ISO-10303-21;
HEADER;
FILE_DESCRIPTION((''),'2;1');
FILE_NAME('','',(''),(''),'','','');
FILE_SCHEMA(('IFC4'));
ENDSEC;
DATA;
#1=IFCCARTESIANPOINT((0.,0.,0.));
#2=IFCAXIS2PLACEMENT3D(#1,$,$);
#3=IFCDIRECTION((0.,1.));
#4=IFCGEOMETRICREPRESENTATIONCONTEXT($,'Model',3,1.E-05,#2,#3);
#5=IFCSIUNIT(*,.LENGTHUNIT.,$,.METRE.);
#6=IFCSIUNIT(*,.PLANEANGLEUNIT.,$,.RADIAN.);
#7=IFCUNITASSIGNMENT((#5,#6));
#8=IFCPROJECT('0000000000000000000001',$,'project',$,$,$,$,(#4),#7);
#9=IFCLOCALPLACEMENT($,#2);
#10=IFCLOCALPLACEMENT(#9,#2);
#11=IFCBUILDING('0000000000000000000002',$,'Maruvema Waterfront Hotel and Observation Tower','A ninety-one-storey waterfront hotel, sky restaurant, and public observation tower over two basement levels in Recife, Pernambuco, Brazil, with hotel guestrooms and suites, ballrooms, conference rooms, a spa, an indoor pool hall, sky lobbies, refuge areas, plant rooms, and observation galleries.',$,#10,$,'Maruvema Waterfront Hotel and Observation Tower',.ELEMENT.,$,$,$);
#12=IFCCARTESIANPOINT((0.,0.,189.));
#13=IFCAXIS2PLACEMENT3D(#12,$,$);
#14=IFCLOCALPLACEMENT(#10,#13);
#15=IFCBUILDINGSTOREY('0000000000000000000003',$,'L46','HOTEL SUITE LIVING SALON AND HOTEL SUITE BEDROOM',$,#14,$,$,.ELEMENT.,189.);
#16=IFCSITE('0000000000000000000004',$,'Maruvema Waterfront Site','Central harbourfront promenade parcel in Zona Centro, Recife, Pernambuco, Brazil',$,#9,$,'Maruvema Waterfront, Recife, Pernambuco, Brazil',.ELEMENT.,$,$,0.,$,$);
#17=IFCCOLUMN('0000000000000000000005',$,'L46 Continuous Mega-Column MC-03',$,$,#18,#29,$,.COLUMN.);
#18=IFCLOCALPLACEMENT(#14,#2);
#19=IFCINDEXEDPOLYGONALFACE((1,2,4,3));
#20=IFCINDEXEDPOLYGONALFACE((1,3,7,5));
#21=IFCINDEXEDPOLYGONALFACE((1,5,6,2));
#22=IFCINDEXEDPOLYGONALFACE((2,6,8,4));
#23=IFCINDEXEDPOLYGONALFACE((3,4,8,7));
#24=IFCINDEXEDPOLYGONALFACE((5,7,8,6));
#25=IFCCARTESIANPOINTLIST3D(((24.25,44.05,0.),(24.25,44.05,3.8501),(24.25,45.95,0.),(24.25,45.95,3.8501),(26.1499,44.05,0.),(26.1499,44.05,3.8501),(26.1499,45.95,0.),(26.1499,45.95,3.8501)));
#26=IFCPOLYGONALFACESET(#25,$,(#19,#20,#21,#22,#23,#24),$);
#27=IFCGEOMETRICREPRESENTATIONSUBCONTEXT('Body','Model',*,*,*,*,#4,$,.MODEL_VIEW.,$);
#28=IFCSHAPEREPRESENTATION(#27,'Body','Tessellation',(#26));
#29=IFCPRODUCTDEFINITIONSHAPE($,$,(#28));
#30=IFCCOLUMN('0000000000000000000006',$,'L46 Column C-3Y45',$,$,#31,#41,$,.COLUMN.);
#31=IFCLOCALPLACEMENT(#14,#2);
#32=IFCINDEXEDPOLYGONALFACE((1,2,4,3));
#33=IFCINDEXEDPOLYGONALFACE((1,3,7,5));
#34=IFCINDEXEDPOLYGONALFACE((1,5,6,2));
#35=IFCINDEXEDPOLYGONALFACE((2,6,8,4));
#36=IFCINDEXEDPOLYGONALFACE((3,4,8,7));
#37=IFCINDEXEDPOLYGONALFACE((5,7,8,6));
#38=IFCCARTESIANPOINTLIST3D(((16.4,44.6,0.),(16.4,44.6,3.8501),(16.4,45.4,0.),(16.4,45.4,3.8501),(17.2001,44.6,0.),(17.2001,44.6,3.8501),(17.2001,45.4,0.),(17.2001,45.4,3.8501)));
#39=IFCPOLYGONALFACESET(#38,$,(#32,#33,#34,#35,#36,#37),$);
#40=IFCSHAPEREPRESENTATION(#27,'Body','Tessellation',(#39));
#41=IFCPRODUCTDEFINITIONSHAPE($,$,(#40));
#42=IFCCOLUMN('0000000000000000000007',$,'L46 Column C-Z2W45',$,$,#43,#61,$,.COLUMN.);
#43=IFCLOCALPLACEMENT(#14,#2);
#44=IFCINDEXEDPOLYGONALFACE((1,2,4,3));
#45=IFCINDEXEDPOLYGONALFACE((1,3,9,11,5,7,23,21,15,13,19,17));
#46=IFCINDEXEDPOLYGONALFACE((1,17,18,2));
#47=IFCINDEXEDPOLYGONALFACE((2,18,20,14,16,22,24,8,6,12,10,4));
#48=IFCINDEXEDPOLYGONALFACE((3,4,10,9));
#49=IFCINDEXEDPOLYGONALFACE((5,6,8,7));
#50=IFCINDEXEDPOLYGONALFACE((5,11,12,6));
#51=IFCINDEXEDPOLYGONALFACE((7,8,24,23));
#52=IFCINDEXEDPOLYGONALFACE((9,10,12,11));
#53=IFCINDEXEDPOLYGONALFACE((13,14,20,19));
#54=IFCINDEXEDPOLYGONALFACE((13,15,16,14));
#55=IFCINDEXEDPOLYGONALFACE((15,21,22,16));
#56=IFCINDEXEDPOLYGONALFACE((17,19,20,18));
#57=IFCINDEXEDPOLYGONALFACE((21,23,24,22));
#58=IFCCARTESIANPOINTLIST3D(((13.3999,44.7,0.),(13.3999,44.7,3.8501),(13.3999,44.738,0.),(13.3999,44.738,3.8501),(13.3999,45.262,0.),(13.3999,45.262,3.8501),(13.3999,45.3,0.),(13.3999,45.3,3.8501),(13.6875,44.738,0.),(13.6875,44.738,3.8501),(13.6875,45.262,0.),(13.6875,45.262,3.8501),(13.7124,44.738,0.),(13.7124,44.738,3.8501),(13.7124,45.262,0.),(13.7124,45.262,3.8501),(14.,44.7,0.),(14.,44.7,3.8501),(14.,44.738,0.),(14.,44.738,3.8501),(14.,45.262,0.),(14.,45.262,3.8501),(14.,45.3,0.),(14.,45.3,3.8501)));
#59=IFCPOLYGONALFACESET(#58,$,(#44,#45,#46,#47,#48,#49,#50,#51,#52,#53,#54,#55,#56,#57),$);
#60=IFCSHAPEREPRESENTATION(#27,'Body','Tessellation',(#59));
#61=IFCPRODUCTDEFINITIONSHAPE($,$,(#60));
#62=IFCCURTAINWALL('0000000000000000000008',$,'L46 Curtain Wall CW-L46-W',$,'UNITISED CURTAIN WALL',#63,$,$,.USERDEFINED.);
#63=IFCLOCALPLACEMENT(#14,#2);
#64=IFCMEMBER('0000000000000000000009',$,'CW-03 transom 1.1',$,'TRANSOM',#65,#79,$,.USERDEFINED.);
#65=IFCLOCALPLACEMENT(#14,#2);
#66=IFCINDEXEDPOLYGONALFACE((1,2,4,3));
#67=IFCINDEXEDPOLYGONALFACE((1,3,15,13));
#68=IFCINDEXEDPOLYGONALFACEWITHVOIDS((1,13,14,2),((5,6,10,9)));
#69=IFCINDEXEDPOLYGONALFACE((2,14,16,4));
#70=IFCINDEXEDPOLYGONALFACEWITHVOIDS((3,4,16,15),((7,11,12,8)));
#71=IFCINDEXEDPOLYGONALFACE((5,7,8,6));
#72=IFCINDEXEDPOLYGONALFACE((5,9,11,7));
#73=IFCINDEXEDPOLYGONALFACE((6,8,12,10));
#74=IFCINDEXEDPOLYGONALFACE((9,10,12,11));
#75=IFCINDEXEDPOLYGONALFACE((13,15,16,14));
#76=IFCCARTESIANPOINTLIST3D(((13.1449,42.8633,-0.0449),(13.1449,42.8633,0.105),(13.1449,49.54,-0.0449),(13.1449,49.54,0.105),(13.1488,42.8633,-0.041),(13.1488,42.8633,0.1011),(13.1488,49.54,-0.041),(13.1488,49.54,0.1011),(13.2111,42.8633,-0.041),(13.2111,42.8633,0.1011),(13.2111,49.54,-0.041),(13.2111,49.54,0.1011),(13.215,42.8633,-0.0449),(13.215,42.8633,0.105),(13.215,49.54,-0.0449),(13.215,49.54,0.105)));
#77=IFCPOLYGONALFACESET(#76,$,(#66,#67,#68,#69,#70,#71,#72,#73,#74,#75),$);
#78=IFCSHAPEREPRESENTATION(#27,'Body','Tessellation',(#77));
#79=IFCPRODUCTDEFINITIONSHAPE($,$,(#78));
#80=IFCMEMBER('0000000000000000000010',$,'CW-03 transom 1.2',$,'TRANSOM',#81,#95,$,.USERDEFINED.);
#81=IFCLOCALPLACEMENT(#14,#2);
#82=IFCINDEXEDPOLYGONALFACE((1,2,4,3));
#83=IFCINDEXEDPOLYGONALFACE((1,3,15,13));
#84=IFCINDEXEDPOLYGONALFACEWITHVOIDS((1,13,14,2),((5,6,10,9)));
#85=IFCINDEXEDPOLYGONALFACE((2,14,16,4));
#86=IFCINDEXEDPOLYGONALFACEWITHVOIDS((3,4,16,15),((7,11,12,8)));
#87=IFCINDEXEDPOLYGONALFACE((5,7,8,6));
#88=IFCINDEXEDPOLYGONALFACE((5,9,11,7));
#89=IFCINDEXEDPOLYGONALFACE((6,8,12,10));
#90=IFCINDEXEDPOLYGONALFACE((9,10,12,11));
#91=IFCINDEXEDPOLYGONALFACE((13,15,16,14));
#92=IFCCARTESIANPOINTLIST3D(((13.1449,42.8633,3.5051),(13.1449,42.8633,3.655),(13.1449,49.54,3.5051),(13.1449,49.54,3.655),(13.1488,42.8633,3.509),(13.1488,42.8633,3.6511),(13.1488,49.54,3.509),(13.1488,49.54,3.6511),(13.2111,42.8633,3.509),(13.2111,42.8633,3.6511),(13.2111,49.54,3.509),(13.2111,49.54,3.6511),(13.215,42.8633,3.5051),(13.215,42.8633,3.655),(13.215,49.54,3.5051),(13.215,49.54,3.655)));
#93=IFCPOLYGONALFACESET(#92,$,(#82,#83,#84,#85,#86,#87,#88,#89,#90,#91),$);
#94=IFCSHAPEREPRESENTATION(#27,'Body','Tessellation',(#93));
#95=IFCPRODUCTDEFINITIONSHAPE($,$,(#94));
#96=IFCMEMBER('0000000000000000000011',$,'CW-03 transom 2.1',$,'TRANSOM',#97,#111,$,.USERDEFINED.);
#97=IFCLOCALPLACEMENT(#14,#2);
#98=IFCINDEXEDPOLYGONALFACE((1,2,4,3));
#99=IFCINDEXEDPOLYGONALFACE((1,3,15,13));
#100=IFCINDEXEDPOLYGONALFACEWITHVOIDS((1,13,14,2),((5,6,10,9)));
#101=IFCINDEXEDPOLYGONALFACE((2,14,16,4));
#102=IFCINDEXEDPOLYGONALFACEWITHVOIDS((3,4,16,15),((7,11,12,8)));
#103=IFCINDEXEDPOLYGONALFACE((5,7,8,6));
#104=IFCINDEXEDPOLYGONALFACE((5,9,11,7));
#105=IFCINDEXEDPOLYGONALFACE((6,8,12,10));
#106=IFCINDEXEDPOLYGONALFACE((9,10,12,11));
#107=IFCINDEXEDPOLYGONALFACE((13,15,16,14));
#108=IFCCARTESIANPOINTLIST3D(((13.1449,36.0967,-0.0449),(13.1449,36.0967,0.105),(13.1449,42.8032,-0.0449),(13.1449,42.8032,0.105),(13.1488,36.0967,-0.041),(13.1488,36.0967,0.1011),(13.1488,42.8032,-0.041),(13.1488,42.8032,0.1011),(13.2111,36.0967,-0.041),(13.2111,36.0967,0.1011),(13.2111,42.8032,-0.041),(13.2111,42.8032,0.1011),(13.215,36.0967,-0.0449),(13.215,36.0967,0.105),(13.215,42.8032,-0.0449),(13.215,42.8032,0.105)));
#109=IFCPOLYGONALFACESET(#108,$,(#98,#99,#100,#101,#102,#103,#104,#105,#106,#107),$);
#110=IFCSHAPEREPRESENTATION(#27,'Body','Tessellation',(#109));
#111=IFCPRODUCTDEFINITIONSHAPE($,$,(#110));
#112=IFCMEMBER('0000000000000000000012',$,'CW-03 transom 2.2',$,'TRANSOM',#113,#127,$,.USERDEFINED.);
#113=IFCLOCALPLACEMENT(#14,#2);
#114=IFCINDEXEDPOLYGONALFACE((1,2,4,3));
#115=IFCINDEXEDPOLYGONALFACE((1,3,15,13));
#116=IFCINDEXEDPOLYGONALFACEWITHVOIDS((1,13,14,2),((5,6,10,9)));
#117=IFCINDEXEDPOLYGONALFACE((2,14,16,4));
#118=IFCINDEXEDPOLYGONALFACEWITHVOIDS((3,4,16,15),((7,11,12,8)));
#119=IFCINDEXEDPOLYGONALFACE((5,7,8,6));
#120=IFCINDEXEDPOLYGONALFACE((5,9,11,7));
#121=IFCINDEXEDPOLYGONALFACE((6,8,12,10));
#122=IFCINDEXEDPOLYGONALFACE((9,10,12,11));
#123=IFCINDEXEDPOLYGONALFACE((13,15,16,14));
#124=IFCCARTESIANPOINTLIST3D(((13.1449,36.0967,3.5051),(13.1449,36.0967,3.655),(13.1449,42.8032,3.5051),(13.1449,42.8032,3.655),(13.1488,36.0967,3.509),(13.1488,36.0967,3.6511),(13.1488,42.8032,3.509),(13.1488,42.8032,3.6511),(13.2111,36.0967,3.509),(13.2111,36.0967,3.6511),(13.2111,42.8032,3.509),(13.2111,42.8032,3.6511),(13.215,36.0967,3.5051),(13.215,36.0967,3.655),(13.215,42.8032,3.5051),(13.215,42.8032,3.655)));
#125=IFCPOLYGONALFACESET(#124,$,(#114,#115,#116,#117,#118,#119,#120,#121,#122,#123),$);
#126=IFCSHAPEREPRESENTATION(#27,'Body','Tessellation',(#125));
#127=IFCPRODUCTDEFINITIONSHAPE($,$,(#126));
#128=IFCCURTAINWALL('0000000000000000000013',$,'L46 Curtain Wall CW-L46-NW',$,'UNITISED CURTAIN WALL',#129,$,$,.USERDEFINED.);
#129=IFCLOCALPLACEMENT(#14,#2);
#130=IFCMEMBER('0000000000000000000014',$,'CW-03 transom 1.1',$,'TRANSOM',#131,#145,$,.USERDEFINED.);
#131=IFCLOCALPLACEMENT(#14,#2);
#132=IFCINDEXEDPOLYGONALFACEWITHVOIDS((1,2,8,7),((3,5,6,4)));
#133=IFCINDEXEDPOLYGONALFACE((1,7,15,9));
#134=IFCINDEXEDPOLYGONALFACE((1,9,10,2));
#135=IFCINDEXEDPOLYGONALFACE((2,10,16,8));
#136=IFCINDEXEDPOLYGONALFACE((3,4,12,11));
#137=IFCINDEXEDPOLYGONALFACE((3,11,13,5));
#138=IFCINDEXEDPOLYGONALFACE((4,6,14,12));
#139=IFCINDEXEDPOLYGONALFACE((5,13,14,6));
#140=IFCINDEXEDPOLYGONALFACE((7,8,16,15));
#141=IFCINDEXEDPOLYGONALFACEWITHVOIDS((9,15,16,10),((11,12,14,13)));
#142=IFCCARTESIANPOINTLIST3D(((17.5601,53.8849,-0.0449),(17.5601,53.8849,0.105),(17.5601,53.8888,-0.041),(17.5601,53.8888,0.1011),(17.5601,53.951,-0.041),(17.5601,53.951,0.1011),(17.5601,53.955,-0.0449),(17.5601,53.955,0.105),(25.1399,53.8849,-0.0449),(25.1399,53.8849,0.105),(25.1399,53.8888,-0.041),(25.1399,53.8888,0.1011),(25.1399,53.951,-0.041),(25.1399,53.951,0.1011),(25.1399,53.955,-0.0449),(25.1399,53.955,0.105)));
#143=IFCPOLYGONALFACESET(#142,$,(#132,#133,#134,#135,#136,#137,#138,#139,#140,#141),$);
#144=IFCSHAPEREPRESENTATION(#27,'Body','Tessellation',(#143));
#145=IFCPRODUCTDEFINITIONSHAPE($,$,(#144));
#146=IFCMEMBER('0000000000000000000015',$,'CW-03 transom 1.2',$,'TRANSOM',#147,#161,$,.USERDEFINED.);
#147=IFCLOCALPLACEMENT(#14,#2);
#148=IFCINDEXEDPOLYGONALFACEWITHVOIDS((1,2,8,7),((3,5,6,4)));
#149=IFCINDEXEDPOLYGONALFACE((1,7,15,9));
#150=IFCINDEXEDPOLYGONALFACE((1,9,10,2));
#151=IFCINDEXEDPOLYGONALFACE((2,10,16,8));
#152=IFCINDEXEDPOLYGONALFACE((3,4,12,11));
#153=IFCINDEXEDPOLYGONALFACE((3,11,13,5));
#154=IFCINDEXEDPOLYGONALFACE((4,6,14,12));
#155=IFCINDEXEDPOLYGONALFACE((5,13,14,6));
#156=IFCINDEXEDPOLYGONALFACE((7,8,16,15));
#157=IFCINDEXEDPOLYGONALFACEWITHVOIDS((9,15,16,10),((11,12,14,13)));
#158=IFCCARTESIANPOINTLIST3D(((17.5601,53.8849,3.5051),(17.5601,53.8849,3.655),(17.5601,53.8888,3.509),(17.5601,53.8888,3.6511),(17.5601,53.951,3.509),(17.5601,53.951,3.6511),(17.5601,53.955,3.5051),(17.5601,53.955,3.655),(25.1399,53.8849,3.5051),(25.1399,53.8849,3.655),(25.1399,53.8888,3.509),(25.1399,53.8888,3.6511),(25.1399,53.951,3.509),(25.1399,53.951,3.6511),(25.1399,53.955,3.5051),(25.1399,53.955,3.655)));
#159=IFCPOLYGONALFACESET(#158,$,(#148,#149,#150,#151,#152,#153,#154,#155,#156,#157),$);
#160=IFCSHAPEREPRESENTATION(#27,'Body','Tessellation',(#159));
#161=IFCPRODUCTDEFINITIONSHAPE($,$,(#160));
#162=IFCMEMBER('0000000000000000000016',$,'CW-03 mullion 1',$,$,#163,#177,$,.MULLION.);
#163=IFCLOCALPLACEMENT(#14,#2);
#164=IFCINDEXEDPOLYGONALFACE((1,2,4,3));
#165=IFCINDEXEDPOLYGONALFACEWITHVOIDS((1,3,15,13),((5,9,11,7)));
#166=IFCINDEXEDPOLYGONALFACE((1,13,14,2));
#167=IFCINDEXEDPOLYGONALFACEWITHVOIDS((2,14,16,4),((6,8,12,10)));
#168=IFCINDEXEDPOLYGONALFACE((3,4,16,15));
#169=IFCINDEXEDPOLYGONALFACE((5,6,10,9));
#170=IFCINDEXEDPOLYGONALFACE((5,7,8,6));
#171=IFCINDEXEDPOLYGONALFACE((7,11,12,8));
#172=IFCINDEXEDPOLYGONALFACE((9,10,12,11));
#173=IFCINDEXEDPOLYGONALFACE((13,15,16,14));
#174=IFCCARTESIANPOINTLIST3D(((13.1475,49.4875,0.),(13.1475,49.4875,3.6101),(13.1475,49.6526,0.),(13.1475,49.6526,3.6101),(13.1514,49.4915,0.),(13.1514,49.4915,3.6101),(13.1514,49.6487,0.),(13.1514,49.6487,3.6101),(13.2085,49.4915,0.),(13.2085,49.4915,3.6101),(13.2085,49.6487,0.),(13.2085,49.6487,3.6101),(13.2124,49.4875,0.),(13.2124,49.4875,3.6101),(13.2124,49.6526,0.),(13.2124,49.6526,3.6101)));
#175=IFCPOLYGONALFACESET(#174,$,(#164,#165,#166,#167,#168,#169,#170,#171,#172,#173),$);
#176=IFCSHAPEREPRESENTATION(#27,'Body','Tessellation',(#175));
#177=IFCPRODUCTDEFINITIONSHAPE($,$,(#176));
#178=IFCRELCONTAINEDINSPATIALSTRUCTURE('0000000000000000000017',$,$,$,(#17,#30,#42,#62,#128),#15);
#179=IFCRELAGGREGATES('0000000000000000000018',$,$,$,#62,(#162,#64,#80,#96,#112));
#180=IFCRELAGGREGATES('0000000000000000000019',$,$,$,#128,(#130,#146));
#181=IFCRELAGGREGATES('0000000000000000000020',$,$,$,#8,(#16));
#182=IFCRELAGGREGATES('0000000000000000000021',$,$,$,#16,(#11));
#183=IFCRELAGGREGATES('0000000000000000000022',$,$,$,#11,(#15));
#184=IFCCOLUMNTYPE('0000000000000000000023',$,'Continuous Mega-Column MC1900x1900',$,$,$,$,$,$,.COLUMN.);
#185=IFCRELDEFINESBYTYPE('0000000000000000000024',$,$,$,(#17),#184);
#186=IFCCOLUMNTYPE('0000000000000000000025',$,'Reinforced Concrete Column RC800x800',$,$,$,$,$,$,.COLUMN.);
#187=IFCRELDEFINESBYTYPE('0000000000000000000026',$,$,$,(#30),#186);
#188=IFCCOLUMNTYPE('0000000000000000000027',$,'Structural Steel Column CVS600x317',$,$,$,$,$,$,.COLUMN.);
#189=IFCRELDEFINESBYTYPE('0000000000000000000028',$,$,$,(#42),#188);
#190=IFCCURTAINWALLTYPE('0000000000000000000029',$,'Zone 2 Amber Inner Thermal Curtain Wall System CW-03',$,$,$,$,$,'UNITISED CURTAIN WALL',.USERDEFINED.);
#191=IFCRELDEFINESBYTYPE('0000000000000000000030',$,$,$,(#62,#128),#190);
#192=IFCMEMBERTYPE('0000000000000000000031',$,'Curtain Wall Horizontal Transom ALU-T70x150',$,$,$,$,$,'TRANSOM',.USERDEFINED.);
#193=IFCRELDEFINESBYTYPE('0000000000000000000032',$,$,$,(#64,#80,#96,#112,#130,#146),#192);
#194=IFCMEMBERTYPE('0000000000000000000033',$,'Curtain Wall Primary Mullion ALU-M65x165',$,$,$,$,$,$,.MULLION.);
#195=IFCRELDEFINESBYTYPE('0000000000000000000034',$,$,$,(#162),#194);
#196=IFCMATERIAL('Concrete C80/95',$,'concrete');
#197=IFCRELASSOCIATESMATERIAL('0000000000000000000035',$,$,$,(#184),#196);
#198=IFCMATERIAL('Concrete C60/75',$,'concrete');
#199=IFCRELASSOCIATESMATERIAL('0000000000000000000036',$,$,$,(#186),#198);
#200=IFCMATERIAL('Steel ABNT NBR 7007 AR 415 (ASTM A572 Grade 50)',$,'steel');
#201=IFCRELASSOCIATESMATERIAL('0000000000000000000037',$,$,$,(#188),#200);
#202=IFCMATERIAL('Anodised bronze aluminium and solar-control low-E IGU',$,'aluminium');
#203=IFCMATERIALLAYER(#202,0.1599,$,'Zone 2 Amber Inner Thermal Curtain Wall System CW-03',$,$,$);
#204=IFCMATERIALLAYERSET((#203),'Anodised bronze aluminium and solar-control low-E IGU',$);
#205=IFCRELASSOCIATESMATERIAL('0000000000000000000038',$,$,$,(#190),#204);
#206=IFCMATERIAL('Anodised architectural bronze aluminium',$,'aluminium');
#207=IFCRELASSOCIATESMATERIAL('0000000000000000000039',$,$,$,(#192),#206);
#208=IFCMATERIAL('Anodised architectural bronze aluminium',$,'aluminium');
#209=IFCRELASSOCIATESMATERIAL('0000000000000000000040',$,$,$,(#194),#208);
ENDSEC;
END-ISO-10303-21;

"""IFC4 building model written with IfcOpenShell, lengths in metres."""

from ifc_helpers import new_model, si_unit, direction, frame, origin, origin_2d, place, context, subcontext, project, spatial, rectangle, hollow_rectangle, i_section, extrude, material, layer, layer_set, material_profile, profile_set, type_object, element, aggregate, save


model = new_model("IFC4")

# Units and contexts
model_context = context("Model", 3, precision=1e-05, world=origin(), true_north=direction((0.0, 1.0)))
body_context = subcontext(model_context, "Body", "Model", "MODEL_VIEW")
ifc_project = project(units=[si_unit("LENGTHUNIT", "METRE"), si_unit("PLANEANGLEUNIT", "RADIAN")], contexts=[model_context])

# Site, building, storey
site_placement = place(None, origin())
site = spatial("IfcSite", under=ifc_project, at=site_placement, Name="Maruvema Waterfront Site", Description="Central harbourfront promenade parcel in Zona Centro, Recife, Pernambuco, Brazil", LongName="Maruvema Waterfront, Recife, Pernambuco, Brazil", CompositionType="ELEMENT", RefElevation=0.0)
building_placement = place(site_placement, origin())
building = spatial("IfcBuilding", under=site, at=building_placement, Name="Maruvema Waterfront Hotel and Observation Tower", Description="A ninety-one-storey waterfront hotel, sky restaurant, and public observation tower over two basement levels in Recife, Pernambuco, Brazil, with hotel guestrooms and suites, ballrooms, conference rooms, a spa, an indoor pool hall, sky lobbies, refuge areas, plant rooms, and observation galleries.", LongName="Maruvema Waterfront Hotel and Observation Tower", CompositionType="ELEMENT")
storey_placement = place(building_placement, frame((0.0, 0.0, 189.0)))
storey = spatial("IfcBuildingStorey", under=building, at=storey_placement, Name="L46", Description="HOTEL SUITE LIVING SALON AND HOTEL SUITE BEDROOM", CompositionType="ELEMENT", Elevation=189.0)

# Columns
ifc_material_1 = material(Name="Concrete C80/95", Category="concrete")
ifc_material_profile_1 = material_profile(ifc_material_1, rectangle(XDim=1.8999, YDim=1.8999, at=origin_2d()), Name="MC1900x1900")
ifc_profile_set_1 = profile_set([ifc_material_profile_1], Name="Concrete C80/95")
column_type_1 = type_object("IfcColumnType", Name="Continuous Mega-Column MC1900x1900", PredefinedType="COLUMN", material=ifc_profile_set_1)
column_1_placement = place(storey_placement, frame((25.2, 45.0, 0.0), z_axis=(0.0, 0.0, 1.0), x_axis=(1.0, 0.0, 0.0)))
element("IfcColumn", 1, at=column_1_placement, inside=storey, type_object=column_type_1, Name="L46 Continuous Mega-Column MC-03", PredefinedType="COLUMN", context=body_context, shape_type="SweptSolid", body=[
    extrude(rectangle(XDim=1.8999, YDim=1.8999, at=origin_2d()), origin(), (0.0, 0.0, 1.0), 3.8501),
])
ifc_material_2 = material(Name="Concrete C60/75", Category="concrete")
ifc_material_profile_2 = material_profile(ifc_material_2, rectangle(XDim=0.8, YDim=0.8, at=origin_2d()), Name="RC800x800")
ifc_profile_set_2 = profile_set([ifc_material_profile_2], Name="Concrete C60/75")
column_type_2 = type_object("IfcColumnType", Name="Reinforced Concrete Column RC800x800", PredefinedType="COLUMN", material=ifc_profile_set_2)
column_2_placement = place(storey_placement, frame((16.8, 45.0, 0.0), z_axis=(0.0, 0.0, 1.0), x_axis=(1.0, 0.0, 0.0)))
element("IfcColumn", 2, at=column_2_placement, inside=storey, type_object=column_type_2, Name="L46 Column C-3Y45", PredefinedType="COLUMN", context=body_context, shape_type="SweptSolid", body=[
    extrude(rectangle(XDim=0.8, YDim=0.8, at=origin_2d()), origin(), (0.0, 0.0, 1.0), 3.8501),
])
ifc_material_3 = material(Name="Steel ABNT NBR 7007 AR 415 (ASTM A572 Grade 50)", Category="steel")
ifc_material_profile_3 = material_profile(ifc_material_3, i_section(OverallWidth=0.6001, OverallDepth=0.6001, WebThickness=0.0249, FlangeThickness=0.0381, at=origin_2d()), Name="CVS600x317")
ifc_profile_set_3 = profile_set([ifc_material_profile_3], Name="Steel ABNT NBR 7007 AR 415 (ASTM A572 Grade 50)")
column_type_3 = type_object("IfcColumnType", Name="Structural Steel Column CVS600x317", PredefinedType="COLUMN", material=ifc_profile_set_3)
column_3_placement = place(storey_placement, frame((13.7, 45.0, 0.0), z_axis=(0.0, 0.0, 1.0), x_axis=(1.0, 0.0, 0.0)))
element("IfcColumn", 3, at=column_3_placement, inside=storey, type_object=column_type_3, Name="L46 Column C-Z2W45", PredefinedType="COLUMN", context=body_context, shape_type="SweptSolid", body=[
    extrude(i_section(OverallWidth=0.6001, OverallDepth=0.6001, WebThickness=0.0249, FlangeThickness=0.0381, at=origin_2d()), origin(), (0.0, 0.0, 1.0), 3.8501),
])

# Curtain walls, members
ifc_material_4 = material(Name="Anodised bronze aluminium and solar-control low-E IGU", Category="aluminium")
ifc_layer_1 = layer(ifc_material_4, 0.1599, Name="Zone 2 Amber Inner Thermal Curtain Wall System CW-03")
ifc_layer_set_1 = layer_set([ifc_layer_1], Name="Anodised bronze aluminium and solar-control low-E IGU")
curtain_wall_type = type_object("IfcCurtainWallType", Name="Zone 2 Amber Inner Thermal Curtain Wall System CW-03", ElementType="UNITISED CURTAIN WALL", PredefinedType="USERDEFINED", material=ifc_layer_set_1)
curtain_wall_1_placement = place(storey_placement, origin())
curtain_wall_1 = element("IfcCurtainWall", 4, at=curtain_wall_1_placement, inside=storey, type_object=curtain_wall_type, Name="L46 Curtain Wall CW-L46-W", ObjectType="UNITISED CURTAIN WALL", PredefinedType="USERDEFINED")
ifc_material_5 = material(Name="Anodised architectural bronze aluminium", Category="aluminium")
ifc_material_profile_4 = material_profile(ifc_material_5, hollow_rectangle(XDim=0.0701, YDim=0.1499, WallThickness=0.0039, at=origin_2d()), Name="ALU-T70x150")
ifc_profile_set_4 = profile_set([ifc_material_profile_4], Name="Anodised architectural bronze aluminium")
member_type_1 = type_object("IfcMemberType", Name="Curtain Wall Horizontal Transom ALU-T70x150", ElementType="TRANSOM", PredefinedType="USERDEFINED", material=ifc_profile_set_4)
member_1_placement = place(storey_placement, frame((13.1799, 49.54, 0.03), z_axis=(0.0, -1.0, 0.0), x_axis=(1.0, 0.0, 0.0)))
member_1 = element("IfcMember", 5, at=member_1_placement, type_object=member_type_1, Name="CW-03 transom 1.1", ObjectType="TRANSOM", PredefinedType="USERDEFINED", context=body_context, shape_type="SweptSolid", body=[
    extrude(hollow_rectangle(XDim=0.0701, YDim=0.1499, WallThickness=0.0039, at=origin_2d()), origin(), (0.0, 0.0, 1.0), 6.6768),
])
member_2_placement = place(storey_placement, frame((13.1799, 49.54, 3.5801), z_axis=(0.0, -1.0, 0.0), x_axis=(1.0, 0.0, 0.0)))
member_2 = element("IfcMember", 6, at=member_2_placement, type_object=member_type_1, Name="CW-03 transom 1.2", ObjectType="TRANSOM", PredefinedType="USERDEFINED", context=body_context, shape_type="SweptSolid", body=[
    extrude(hollow_rectangle(XDim=0.0701, YDim=0.1499, WallThickness=0.0039, at=origin_2d()), origin(), (0.0, 0.0, 1.0), 6.6768),
])
member_3_placement = place(storey_placement, frame((13.1799, 42.8032, 0.03), z_axis=(0.0, -1.0, 0.0), x_axis=(1.0, 0.0, 0.0)))
member_3 = element("IfcMember", 7, at=member_3_placement, type_object=member_type_1, Name="CW-03 transom 2.1", ObjectType="TRANSOM", PredefinedType="USERDEFINED", context=body_context, shape_type="SweptSolid", body=[
    extrude(hollow_rectangle(XDim=0.0701, YDim=0.1499, WallThickness=0.0039, at=origin_2d()), origin(), (0.0, 0.0, 1.0), 6.7065),
])
member_4_placement = place(storey_placement, frame((13.1799, 42.8032, 3.5801), z_axis=(0.0, -1.0, 0.0), x_axis=(1.0, 0.0, 0.0)))
member_4 = element("IfcMember", 8, at=member_4_placement, type_object=member_type_1, Name="CW-03 transom 2.2", ObjectType="TRANSOM", PredefinedType="USERDEFINED", context=body_context, shape_type="SweptSolid", body=[
    extrude(hollow_rectangle(XDim=0.0701, YDim=0.1499, WallThickness=0.0039, at=origin_2d()), origin(), (0.0, 0.0, 1.0), 6.7065),
])
curtain_wall_2_placement = place(storey_placement, origin())
curtain_wall_2 = element("IfcCurtainWall", 9, at=curtain_wall_2_placement, inside=storey, type_object=curtain_wall_type, Name="L46 Curtain Wall CW-L46-NW", ObjectType="UNITISED CURTAIN WALL", PredefinedType="USERDEFINED")
member_5_placement = place(storey_placement, frame((25.1399, 53.9199, 0.03), z_axis=(-1.0, 0.0, 0.0), x_axis=(0.0, -1.0, 0.0)))
member_5 = element("IfcMember", 10, at=member_5_placement, type_object=member_type_1, Name="CW-03 transom 1.1", ObjectType="TRANSOM", PredefinedType="USERDEFINED", context=body_context, shape_type="SweptSolid", body=[
    extrude(hollow_rectangle(XDim=0.0701, YDim=0.1499, WallThickness=0.0039, at=origin_2d()), origin(), (0.0, 0.0, 1.0), 7.5798),
])
member_6_placement = place(storey_placement, frame((25.1399, 53.9199, 3.5801), z_axis=(-1.0, 0.0, 0.0), x_axis=(0.0, -1.0, 0.0)))
member_6 = element("IfcMember", 11, at=member_6_placement, type_object=member_type_1, Name="CW-03 transom 1.2", ObjectType="TRANSOM", PredefinedType="USERDEFINED", context=body_context, shape_type="SweptSolid", body=[
    extrude(hollow_rectangle(XDim=0.0701, YDim=0.1499, WallThickness=0.0039, at=origin_2d()), origin(), (0.0, 0.0, 1.0), 7.5798),
])

# Member
ifc_material_6 = material(Name="Anodised architectural bronze aluminium", Category="aluminium")
ifc_material_profile_5 = material_profile(ifc_material_6, hollow_rectangle(XDim=0.0649, YDim=0.165, WallThickness=0.0039, at=origin_2d()), Name="ALU-M65x165")
ifc_profile_set_5 = profile_set([ifc_material_profile_5], Name="Anodised architectural bronze aluminium")
member_type_2 = type_object("IfcMemberType", Name="Curtain Wall Primary Mullion ALU-M65x165", PredefinedType="MULLION", material=ifc_profile_set_5)
member_7_placement = place(storey_placement, frame((13.1799, 49.5701, 0.0), z_axis=(0.0, 0.0, 1.0), x_axis=(1.0, 0.0, 0.0)))
member_7 = element("IfcMember", 12, at=member_7_placement, type_object=member_type_2, Name="CW-03 mullion 1", PredefinedType="MULLION", context=body_context, shape_type="SweptSolid", body=[
    extrude(hollow_rectangle(XDim=0.0649, YDim=0.165, WallThickness=0.0039, at=origin_2d()), origin(), (0.0, 0.0, 1.0), 3.6101),
])

aggregate(curtain_wall_1, [member_7, member_1, member_2, member_3, member_4])
aggregate(curtain_wall_2, [member_5, member_6])

save(model, "model.ifc")
